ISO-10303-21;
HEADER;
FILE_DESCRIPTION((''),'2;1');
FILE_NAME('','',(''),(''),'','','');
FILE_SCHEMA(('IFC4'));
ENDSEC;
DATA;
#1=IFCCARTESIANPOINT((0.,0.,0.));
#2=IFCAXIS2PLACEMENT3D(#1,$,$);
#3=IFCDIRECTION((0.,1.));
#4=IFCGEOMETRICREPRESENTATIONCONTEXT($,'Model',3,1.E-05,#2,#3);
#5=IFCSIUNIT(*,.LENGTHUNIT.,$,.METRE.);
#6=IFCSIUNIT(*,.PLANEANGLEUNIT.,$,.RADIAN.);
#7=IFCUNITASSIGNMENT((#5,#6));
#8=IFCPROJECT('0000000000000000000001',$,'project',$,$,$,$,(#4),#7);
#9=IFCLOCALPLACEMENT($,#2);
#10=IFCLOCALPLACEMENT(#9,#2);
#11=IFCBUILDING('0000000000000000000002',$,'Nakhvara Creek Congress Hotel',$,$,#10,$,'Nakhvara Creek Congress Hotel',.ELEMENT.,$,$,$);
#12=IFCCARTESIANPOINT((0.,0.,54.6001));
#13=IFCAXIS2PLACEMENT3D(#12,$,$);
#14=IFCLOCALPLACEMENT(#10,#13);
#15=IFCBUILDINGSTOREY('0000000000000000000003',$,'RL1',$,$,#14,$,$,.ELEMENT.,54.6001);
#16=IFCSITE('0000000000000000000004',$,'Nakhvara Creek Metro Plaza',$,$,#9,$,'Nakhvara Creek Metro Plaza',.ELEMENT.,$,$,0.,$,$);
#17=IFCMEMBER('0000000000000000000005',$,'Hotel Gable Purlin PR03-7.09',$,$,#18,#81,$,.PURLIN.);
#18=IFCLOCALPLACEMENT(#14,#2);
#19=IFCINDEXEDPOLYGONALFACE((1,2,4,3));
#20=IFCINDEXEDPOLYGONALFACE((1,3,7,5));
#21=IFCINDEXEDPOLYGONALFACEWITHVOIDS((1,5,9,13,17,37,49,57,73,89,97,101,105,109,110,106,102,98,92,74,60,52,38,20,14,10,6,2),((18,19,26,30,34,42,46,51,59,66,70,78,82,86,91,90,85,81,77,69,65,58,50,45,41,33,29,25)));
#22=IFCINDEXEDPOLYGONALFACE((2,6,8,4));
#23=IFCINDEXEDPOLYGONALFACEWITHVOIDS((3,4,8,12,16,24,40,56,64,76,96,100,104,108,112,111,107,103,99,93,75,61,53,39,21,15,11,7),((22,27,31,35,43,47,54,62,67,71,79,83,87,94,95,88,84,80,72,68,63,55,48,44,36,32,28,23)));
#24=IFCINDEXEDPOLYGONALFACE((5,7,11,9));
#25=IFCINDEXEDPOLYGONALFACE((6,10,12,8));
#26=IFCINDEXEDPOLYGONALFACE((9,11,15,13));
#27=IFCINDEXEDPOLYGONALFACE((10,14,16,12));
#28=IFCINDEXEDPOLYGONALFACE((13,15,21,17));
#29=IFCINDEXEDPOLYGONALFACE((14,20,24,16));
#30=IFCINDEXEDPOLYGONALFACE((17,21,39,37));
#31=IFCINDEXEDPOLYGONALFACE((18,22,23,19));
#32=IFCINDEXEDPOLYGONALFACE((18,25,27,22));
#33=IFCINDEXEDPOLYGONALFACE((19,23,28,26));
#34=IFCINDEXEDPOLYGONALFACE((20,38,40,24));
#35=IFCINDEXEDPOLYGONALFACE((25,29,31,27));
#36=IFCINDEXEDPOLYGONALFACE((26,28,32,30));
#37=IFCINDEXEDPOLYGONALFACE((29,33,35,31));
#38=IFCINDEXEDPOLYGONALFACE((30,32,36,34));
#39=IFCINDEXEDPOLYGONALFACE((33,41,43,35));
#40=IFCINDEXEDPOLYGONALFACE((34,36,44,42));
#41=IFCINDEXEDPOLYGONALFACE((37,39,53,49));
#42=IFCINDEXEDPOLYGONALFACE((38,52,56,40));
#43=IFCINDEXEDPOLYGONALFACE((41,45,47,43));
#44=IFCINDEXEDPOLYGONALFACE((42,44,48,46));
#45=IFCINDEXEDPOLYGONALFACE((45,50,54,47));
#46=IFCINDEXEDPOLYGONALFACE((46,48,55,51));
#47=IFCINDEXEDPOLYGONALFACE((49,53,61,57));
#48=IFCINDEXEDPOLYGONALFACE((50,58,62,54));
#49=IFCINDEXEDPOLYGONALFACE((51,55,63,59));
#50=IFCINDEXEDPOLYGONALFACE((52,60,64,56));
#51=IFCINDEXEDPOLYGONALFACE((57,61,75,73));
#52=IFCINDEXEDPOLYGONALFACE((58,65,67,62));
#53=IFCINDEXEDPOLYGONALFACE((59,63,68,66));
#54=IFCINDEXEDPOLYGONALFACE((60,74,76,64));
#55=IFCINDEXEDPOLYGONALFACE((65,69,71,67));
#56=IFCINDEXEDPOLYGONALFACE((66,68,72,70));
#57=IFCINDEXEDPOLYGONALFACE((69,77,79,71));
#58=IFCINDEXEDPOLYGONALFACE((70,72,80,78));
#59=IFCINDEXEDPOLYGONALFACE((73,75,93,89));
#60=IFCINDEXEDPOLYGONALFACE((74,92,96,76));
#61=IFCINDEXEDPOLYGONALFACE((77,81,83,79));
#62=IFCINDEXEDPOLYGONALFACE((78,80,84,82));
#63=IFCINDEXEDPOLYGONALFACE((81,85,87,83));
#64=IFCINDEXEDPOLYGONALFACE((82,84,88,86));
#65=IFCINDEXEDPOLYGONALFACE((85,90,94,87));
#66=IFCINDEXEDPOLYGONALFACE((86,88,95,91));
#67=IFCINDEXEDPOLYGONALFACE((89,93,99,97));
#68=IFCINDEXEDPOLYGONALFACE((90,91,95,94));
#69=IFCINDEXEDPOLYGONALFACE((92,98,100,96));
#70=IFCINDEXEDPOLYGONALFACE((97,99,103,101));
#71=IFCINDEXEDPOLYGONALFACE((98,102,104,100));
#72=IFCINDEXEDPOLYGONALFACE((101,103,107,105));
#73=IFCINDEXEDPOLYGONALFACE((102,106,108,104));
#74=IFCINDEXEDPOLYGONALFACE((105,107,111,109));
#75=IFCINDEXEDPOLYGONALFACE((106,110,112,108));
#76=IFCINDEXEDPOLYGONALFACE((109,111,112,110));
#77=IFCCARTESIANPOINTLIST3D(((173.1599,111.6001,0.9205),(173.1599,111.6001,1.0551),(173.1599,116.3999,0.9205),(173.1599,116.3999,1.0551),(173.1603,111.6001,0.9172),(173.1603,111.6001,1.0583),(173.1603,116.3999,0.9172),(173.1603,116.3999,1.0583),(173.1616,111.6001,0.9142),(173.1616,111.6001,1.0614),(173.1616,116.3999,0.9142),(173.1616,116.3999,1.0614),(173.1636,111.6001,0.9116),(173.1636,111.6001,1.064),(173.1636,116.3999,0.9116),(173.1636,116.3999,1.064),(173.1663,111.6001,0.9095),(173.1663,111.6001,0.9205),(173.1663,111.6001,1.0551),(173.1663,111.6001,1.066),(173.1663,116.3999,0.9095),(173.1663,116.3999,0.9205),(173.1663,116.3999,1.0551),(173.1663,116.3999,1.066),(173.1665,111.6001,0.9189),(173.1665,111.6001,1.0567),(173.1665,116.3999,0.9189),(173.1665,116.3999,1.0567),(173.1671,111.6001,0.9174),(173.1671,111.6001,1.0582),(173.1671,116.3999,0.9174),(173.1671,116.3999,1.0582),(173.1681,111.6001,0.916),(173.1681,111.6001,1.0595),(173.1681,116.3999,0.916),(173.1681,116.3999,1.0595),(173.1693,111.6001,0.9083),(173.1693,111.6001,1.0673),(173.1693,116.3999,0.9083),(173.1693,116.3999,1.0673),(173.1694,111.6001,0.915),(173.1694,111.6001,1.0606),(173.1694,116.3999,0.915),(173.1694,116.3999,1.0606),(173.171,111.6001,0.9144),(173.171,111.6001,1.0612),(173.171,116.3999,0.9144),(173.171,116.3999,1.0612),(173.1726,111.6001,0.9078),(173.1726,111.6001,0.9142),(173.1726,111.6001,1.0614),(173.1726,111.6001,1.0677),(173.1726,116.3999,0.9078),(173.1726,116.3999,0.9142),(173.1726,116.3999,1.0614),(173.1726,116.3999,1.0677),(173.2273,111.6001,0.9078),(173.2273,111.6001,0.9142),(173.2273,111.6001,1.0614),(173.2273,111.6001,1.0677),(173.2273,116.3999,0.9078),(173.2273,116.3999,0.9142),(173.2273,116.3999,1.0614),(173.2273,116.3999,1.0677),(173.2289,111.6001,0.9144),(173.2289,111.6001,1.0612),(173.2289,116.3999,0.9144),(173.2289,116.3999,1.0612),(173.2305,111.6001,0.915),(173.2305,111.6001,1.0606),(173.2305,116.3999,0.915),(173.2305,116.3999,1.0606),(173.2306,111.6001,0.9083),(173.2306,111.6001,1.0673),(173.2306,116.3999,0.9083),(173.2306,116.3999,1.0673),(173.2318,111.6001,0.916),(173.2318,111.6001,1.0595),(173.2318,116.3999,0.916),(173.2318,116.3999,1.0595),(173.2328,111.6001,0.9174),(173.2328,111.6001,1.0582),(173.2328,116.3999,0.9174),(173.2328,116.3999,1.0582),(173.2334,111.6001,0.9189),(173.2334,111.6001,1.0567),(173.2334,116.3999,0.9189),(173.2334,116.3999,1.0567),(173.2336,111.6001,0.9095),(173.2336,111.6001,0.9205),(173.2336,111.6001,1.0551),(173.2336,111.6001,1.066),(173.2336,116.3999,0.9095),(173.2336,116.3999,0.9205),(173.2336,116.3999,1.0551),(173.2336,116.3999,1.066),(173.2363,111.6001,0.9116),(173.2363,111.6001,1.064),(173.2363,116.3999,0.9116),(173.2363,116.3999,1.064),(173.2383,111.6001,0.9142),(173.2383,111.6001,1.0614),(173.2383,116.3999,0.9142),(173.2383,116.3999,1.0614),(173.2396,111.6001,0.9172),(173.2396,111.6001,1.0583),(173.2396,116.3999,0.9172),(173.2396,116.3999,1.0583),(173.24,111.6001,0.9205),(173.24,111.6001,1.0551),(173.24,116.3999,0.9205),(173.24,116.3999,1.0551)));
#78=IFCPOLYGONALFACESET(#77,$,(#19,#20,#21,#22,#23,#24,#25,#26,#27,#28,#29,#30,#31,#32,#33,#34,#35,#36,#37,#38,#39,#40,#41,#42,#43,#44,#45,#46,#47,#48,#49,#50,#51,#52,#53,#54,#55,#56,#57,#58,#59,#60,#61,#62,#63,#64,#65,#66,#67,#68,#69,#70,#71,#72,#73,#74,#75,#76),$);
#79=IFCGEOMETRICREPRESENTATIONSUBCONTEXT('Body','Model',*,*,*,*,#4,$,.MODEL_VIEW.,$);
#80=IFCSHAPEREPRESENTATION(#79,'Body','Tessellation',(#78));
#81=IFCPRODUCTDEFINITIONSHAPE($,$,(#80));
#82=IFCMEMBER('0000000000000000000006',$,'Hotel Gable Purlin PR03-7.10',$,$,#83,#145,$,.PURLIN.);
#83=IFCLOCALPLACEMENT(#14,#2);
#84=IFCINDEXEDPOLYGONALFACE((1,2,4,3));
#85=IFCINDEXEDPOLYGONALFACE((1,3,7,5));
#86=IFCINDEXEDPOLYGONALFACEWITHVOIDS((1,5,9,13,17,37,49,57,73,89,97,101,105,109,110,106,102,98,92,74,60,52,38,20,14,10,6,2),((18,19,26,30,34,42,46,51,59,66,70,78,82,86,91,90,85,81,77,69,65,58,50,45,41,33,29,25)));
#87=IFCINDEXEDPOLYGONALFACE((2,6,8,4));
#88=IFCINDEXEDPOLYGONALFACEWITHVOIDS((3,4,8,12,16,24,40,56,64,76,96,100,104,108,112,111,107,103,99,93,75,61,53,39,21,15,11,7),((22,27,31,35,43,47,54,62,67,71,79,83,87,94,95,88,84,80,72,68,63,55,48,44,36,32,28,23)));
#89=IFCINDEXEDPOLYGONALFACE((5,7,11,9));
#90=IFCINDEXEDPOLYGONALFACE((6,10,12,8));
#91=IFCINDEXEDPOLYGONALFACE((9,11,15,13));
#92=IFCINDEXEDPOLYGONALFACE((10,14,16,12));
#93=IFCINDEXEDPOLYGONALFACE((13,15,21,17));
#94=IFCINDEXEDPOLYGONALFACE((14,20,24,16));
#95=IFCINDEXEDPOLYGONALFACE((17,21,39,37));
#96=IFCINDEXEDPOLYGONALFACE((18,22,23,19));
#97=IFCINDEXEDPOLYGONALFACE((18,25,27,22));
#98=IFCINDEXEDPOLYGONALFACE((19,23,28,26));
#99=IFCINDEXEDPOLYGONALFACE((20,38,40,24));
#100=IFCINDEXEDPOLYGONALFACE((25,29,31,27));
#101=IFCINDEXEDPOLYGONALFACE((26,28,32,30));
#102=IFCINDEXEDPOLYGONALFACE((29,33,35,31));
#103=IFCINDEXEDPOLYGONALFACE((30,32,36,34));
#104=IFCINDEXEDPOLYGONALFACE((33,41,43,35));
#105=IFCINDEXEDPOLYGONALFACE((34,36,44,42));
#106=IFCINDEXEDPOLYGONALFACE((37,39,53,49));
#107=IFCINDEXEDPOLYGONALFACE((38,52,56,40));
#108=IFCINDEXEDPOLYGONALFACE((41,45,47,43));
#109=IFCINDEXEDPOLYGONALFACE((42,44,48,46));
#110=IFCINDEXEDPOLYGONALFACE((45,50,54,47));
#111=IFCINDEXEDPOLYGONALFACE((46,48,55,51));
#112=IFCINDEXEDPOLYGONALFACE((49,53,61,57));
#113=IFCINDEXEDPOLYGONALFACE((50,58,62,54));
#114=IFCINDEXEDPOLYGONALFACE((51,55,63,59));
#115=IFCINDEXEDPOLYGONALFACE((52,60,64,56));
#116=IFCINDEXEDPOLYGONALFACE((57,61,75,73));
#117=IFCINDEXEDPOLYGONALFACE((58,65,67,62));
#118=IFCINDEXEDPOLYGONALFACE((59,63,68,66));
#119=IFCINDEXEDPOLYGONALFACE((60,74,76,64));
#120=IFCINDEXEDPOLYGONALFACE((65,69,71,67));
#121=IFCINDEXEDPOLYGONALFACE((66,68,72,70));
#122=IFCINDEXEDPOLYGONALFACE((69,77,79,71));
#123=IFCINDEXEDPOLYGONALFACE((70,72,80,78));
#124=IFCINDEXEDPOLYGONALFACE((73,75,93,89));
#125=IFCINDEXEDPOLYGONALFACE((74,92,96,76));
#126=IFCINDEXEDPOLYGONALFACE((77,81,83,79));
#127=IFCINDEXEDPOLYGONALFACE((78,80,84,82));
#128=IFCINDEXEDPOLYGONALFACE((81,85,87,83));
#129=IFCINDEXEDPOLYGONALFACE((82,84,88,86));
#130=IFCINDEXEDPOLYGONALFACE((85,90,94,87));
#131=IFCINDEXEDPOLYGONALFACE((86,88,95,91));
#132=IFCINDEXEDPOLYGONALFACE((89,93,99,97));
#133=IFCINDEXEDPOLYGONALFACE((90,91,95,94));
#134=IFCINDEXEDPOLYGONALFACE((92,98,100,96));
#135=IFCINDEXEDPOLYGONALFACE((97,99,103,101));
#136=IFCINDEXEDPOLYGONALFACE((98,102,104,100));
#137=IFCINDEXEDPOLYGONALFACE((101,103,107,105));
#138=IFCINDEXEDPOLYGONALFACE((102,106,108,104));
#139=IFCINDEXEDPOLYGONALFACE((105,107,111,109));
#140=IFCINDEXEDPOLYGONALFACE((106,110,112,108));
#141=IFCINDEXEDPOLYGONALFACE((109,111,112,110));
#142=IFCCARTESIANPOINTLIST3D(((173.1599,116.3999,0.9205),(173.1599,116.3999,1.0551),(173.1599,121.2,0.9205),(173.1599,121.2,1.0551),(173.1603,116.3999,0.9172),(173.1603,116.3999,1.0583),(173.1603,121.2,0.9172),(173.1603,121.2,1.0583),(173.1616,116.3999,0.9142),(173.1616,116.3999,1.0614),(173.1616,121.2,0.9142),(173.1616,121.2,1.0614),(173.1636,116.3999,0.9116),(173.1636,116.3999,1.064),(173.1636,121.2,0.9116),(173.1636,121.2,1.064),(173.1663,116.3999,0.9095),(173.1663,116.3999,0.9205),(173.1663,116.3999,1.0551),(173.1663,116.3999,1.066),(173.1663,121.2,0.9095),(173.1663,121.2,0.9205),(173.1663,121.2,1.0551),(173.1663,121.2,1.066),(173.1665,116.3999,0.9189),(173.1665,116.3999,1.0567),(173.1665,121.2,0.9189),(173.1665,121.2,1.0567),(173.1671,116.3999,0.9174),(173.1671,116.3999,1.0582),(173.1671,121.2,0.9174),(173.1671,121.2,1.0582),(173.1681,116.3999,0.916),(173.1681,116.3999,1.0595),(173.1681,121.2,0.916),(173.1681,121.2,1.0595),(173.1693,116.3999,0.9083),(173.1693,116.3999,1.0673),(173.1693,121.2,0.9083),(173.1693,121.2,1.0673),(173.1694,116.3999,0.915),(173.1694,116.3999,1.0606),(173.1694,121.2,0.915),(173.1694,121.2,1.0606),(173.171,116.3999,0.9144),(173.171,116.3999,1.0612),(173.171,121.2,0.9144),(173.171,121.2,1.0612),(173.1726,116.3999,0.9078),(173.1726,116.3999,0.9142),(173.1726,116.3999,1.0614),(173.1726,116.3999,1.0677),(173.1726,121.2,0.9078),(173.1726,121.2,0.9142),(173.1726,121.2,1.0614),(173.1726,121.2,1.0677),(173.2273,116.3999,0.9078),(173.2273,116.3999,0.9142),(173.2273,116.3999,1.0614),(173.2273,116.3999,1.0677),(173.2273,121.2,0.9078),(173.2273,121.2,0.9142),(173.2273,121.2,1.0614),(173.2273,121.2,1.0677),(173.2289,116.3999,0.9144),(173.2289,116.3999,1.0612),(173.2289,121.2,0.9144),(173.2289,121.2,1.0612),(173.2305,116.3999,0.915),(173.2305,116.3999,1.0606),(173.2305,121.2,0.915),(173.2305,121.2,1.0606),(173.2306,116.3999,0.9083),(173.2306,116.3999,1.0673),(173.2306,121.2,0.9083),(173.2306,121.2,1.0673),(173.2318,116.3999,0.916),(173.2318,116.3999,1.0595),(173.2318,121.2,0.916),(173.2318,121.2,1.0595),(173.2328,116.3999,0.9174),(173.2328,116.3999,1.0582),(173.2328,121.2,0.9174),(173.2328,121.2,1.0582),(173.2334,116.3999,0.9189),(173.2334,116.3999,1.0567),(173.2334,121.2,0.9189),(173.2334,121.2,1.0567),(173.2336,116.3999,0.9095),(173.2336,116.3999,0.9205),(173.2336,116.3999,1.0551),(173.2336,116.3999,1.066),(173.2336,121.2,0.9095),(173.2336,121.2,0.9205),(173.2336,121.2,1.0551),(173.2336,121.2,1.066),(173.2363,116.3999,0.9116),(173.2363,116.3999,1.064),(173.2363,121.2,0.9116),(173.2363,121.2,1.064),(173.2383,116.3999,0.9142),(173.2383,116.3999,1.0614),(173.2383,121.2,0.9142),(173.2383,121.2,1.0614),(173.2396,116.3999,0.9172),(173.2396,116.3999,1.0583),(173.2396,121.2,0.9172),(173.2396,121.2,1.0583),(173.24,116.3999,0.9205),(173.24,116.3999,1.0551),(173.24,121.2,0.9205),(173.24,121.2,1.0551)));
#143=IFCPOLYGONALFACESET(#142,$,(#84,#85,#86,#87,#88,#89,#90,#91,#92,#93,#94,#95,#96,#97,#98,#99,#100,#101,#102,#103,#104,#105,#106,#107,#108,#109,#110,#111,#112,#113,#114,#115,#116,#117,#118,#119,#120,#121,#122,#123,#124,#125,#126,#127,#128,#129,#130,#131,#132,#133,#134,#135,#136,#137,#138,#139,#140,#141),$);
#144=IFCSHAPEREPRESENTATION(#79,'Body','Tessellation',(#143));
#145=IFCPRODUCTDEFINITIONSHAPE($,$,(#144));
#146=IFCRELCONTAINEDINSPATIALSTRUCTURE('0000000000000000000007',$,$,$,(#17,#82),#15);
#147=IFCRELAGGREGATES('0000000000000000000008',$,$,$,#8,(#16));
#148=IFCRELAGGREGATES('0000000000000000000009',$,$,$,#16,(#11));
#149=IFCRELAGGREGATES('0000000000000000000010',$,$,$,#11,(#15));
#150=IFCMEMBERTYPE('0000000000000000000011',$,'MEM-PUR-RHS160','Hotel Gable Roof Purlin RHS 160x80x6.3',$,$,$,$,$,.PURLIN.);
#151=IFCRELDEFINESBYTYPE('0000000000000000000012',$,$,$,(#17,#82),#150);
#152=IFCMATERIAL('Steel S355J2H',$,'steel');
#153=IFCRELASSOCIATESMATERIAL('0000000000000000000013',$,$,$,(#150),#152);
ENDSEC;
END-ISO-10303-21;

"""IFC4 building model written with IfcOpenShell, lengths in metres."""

from ifc_helpers import new_model, si_unit, direction, frame, origin, origin_2d, place, context, subcontext, project, spatial, hollow_rectangle, extrude, material, material_profile, profile_set, type_object, element, save


model = new_model("IFC4")

# Units and contexts
model_context = context("Model", 3, precision=1e-05, world=origin(), true_north=direction((0.0, 1.0)))
body_context = subcontext(model_context, "Body", "Model", "MODEL_VIEW")
ifc_project = project(units=[si_unit("LENGTHUNIT", "METRE"), si_unit("PLANEANGLEUNIT", "RADIAN")], contexts=[model_context])

# Site, building, storey
site_placement = place(None, origin())
site = spatial("IfcSite", under=ifc_project, at=site_placement, Name="Nakhvara Creek Metro Plaza", LongName="Nakhvara Creek Metro Plaza", CompositionType="ELEMENT", RefElevation=0.0)
building_placement = place(site_placement, origin())
building = spatial("IfcBuilding", under=site, at=building_placement, Name="Nakhvara Creek Congress Hotel", LongName="Nakhvara Creek Congress Hotel", CompositionType="ELEMENT")
storey_placement = place(building_placement, frame((0.0, 0.0, 54.6001)))
storey = spatial("IfcBuildingStorey", under=building, at=storey_placement, Name="RL1", CompositionType="ELEMENT", Elevation=54.6001)

# Members
ifc_material_1 = material(Name="Steel S355J2H", Category="steel")
ifc_material_profile_1 = material_profile(ifc_material_1, hollow_rectangle(XDim=0.0801, YDim=0.1599, WallThickness=0.0063, InnerFilletRadius=0.0063, OuterFilletRadius=0.0127, at=origin_2d()), Name="RHS 160x80x6.3", Category="LoadBearing")
ifc_profile_set_1 = profile_set([ifc_material_profile_1], Name="Steel S355J2H")
member_type_1 = type_object("IfcMemberType", Name="MEM-PUR-RHS160", Description="Hotel Gable Roof Purlin RHS 160x80x6.3", PredefinedType="PURLIN", material=ifc_profile_set_1)
member_1_placement = place(storey_placement, frame((173.2, 111.6001, 0.9878), z_axis=(0.0, 1.0, 0.0), x_axis=(-1.0, 0.0, 0.0)))
element("IfcMember", 1, at=member_1_placement, inside=storey, type_object=member_type_1, Name="Hotel Gable Purlin PR03-7.09", PredefinedType="PURLIN", context=body_context, shape_type="SweptSolid", body=[
    extrude(hollow_rectangle(XDim=0.0801, YDim=0.1599, WallThickness=0.0063, InnerFilletRadius=0.0063, OuterFilletRadius=0.0127, at=origin_2d()), origin(), (0.0, 0.0, 1.0), 4.7998),
])
member_2_placement = place(storey_placement, frame((173.2, 116.3999, 0.9878), z_axis=(0.0, 1.0, 0.0), x_axis=(-1.0, 0.0, 0.0)))
element("IfcMember", 2, at=member_2_placement, inside=storey, type_object=member_type_1, Name="Hotel Gable Purlin PR03-7.10", PredefinedType="PURLIN", context=body_context, shape_type="SweptSolid", body=[
    extrude(hollow_rectangle(XDim=0.0801, YDim=0.1599, WallThickness=0.0063, InnerFilletRadius=0.0063, OuterFilletRadius=0.0127, at=origin_2d()), origin(), (0.0, 0.0, 1.0), 4.8),
])

save(model, "model.ifc")
